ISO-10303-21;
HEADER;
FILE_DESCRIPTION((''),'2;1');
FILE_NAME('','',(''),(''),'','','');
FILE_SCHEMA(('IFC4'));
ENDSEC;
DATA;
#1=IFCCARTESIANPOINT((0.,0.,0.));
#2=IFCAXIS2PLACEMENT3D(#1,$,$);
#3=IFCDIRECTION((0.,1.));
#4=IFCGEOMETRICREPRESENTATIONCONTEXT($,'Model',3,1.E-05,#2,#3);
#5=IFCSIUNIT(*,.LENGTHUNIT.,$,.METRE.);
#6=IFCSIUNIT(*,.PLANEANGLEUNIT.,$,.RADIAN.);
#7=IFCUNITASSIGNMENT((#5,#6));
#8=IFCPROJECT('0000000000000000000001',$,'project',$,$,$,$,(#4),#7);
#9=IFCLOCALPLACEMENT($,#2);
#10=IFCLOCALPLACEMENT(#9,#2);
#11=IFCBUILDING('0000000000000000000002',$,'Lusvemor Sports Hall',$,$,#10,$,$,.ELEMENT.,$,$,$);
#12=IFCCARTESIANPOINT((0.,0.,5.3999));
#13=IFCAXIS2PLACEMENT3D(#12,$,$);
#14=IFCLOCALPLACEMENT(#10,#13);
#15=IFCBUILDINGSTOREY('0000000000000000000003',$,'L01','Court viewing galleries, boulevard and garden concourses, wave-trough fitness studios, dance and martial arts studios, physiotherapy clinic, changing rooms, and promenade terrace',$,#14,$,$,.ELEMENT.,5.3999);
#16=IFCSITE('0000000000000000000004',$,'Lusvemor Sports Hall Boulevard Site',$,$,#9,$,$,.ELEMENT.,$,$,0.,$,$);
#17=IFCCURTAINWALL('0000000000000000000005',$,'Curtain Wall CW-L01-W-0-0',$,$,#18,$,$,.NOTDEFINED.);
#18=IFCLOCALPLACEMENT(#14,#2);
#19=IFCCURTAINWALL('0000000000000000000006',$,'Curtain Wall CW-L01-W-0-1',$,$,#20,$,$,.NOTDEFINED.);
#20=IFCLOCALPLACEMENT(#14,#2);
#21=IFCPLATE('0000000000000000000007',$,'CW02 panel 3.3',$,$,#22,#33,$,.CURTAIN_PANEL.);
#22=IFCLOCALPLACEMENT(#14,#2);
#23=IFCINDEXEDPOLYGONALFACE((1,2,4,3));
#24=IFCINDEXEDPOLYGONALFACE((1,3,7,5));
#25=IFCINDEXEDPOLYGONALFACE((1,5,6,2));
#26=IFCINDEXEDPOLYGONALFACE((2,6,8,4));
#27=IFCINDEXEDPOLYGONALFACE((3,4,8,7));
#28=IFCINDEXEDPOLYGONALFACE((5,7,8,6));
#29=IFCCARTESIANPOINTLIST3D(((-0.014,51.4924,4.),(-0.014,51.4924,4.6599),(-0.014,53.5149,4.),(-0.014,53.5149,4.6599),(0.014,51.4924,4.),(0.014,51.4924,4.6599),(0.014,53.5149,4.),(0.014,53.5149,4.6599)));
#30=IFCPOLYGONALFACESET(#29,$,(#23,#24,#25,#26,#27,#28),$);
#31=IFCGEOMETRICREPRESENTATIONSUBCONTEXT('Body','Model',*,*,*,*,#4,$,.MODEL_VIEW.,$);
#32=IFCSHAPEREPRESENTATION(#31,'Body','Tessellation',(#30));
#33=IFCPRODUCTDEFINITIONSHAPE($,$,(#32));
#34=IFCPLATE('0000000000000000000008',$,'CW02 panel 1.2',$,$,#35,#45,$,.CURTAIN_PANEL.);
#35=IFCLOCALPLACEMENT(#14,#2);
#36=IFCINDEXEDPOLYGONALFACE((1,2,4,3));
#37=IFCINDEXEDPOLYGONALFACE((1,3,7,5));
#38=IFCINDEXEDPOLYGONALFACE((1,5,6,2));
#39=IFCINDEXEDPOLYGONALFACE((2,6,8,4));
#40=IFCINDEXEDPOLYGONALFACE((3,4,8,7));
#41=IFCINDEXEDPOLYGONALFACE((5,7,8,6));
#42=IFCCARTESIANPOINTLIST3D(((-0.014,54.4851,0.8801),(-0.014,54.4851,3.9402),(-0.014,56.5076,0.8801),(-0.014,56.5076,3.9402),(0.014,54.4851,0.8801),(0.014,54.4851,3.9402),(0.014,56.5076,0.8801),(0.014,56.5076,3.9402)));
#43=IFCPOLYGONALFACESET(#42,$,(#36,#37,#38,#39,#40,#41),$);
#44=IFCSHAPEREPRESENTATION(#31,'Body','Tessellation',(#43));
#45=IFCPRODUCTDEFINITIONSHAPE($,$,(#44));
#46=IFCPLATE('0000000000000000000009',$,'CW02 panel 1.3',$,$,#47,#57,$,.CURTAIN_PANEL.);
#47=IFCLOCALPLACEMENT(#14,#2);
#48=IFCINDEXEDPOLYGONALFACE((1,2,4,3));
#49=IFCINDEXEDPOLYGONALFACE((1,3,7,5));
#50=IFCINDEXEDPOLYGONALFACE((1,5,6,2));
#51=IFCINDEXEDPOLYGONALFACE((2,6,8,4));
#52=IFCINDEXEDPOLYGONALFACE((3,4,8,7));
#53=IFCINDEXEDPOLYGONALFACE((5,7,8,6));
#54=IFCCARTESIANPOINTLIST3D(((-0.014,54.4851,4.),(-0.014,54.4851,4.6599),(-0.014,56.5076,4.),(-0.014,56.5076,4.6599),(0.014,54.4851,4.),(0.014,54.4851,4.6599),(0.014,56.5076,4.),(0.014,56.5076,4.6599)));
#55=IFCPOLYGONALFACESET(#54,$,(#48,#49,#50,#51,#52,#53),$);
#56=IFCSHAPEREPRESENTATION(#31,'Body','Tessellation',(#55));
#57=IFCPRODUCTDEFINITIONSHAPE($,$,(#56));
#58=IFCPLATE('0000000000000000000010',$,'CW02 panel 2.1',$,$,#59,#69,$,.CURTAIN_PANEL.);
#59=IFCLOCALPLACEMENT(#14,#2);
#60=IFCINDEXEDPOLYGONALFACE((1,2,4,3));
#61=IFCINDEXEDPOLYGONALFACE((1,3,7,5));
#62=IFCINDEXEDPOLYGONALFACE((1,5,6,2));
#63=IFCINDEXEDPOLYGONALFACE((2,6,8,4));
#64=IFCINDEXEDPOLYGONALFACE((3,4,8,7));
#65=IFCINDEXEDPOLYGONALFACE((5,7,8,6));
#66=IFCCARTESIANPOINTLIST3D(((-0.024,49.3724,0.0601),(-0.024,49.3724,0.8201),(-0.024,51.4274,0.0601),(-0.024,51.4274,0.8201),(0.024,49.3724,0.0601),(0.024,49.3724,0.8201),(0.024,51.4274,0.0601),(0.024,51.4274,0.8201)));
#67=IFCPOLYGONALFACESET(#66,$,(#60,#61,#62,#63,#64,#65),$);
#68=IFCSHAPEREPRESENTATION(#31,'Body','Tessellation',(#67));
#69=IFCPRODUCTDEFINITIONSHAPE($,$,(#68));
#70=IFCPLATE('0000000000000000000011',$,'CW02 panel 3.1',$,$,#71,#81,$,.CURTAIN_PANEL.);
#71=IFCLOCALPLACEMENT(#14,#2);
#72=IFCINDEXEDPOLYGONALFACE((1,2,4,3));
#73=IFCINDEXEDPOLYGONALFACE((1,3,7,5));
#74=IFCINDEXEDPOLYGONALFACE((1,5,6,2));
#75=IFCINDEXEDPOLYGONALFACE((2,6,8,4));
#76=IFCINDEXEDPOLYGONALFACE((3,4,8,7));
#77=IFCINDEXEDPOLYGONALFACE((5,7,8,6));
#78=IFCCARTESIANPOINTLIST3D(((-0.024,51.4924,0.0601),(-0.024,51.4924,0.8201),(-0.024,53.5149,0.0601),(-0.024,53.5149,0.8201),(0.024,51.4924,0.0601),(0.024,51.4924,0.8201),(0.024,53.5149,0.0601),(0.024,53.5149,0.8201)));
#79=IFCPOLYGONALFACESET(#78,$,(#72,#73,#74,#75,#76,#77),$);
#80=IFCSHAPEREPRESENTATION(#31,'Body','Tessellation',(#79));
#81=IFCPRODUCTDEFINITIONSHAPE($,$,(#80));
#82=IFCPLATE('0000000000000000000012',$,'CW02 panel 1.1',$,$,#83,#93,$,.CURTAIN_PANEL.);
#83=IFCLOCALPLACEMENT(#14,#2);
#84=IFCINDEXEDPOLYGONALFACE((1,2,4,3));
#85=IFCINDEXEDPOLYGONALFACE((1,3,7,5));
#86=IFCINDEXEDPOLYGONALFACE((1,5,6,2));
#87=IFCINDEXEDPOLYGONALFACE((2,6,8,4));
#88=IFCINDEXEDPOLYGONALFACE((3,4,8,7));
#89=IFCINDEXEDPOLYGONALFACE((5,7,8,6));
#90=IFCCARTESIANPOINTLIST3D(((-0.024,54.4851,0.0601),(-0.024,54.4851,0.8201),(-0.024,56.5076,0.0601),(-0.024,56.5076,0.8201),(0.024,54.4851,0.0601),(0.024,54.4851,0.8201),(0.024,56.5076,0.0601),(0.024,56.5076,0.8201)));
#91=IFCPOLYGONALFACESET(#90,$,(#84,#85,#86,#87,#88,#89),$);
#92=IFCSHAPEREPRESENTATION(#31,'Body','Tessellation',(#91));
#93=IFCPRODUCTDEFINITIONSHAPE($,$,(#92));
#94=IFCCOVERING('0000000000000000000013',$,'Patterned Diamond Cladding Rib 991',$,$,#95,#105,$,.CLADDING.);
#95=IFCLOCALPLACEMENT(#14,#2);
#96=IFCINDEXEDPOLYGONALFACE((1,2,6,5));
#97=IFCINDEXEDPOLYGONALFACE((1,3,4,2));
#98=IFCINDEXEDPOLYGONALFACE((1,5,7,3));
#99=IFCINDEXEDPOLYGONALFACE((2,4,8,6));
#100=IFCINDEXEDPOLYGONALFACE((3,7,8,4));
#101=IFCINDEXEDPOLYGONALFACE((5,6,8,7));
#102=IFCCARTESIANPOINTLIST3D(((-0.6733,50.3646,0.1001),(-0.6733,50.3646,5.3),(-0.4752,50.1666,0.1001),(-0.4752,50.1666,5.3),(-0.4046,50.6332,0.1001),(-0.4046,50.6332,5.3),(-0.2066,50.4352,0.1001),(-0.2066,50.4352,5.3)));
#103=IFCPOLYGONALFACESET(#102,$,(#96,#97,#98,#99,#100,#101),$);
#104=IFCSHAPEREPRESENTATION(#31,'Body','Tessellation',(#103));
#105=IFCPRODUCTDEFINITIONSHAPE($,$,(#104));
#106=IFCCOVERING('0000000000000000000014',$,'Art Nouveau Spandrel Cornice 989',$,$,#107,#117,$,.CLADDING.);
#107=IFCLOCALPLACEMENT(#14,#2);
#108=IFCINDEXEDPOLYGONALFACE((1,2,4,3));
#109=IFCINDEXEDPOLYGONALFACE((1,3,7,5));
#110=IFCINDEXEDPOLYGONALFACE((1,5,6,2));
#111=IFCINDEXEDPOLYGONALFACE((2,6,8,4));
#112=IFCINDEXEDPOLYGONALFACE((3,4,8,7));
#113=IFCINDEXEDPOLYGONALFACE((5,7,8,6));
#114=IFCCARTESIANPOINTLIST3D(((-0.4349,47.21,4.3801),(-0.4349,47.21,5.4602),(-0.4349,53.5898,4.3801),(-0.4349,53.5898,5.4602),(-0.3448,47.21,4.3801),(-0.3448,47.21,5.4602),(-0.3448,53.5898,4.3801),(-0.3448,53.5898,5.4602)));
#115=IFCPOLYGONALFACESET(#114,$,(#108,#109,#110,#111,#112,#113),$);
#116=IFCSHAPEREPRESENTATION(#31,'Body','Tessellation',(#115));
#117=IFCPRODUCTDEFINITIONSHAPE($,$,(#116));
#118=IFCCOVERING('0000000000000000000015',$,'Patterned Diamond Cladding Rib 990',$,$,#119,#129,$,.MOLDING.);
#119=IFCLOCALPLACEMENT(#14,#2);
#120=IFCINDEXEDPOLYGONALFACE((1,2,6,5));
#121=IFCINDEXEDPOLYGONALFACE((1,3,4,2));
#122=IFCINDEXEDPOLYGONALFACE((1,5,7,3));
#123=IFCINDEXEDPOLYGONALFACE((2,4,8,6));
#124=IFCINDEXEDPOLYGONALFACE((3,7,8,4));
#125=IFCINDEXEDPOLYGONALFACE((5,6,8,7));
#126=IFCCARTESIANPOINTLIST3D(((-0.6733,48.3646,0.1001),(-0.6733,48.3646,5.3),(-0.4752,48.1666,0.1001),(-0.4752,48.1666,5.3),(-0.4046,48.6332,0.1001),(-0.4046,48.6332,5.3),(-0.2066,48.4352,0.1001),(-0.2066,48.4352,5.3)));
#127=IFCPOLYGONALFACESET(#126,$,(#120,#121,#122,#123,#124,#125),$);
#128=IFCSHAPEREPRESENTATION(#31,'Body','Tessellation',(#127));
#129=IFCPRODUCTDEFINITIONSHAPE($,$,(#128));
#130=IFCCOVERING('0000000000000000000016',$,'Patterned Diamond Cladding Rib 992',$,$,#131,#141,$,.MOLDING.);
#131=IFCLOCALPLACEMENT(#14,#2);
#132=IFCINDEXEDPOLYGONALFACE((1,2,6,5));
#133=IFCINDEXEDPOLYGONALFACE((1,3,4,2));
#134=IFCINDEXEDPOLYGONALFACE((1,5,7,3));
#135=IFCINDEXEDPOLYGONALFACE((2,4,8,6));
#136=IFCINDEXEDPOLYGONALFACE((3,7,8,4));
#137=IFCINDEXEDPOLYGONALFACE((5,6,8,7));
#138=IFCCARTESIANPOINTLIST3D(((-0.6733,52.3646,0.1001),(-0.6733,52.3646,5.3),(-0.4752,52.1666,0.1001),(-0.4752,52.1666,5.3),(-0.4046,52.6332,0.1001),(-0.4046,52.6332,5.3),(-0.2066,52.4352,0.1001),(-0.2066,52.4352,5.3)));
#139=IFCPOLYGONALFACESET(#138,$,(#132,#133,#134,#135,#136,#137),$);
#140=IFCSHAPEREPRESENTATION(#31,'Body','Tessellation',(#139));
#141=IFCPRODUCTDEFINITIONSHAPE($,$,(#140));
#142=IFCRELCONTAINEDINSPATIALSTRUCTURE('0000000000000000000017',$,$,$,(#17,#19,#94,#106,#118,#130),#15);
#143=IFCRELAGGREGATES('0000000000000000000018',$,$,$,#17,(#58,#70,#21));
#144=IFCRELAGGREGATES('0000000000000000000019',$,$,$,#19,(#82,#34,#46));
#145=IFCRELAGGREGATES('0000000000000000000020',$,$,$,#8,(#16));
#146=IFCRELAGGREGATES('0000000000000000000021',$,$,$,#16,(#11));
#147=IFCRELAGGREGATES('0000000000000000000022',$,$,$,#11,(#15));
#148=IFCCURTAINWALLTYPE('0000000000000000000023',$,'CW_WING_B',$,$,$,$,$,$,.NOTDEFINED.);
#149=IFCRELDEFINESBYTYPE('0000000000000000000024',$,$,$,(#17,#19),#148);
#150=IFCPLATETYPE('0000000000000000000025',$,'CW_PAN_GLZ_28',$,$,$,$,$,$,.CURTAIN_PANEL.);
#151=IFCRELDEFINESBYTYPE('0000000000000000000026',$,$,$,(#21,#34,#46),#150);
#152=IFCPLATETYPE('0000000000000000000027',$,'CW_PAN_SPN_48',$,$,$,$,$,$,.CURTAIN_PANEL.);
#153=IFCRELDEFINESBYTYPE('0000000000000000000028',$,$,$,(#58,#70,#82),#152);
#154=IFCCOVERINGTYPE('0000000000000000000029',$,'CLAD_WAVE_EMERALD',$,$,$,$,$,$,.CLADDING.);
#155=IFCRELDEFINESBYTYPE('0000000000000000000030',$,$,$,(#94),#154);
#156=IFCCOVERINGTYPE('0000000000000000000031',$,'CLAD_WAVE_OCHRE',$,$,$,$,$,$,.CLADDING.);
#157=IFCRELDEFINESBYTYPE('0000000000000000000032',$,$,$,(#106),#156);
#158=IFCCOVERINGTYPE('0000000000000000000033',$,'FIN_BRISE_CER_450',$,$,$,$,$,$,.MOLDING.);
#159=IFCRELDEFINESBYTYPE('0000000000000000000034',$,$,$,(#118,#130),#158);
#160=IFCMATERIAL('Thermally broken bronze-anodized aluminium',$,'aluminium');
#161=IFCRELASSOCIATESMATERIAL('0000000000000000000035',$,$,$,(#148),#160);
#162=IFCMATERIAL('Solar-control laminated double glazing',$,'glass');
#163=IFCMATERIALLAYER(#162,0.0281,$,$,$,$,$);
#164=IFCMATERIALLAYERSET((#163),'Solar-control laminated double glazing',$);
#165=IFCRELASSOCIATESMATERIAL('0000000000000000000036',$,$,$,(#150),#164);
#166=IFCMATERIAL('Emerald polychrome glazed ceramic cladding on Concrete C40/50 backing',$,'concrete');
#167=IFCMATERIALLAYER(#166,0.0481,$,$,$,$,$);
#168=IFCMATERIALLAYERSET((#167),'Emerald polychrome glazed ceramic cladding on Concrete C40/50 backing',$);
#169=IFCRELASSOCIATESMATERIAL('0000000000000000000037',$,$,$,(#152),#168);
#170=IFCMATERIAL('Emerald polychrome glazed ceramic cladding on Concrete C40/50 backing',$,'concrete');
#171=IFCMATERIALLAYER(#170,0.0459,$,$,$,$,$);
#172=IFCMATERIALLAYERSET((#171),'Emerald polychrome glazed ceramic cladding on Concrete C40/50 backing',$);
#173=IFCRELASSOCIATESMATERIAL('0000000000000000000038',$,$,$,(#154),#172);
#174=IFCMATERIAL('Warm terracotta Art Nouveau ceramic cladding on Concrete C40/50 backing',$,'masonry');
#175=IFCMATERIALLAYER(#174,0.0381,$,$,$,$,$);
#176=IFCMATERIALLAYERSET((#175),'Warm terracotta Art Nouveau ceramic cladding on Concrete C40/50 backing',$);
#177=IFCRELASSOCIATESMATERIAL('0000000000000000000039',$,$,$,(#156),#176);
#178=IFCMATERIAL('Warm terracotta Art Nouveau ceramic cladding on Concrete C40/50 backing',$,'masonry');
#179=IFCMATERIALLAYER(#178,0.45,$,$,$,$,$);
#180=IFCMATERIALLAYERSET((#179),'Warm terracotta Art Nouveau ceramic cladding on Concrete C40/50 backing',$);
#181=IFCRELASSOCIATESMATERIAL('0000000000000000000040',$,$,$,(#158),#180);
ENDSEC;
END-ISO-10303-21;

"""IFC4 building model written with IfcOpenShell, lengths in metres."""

from ifc_helpers import new_model, si_unit, direction, frame, origin, origin_2d, place, context, subcontext, project, spatial, rectangle, extrude, material, layer, layer_set, type_object, element, aggregate, save


model = new_model("IFC4")

# Units and contexts
model_context = context("Model", 3, precision=1e-05, world=origin(), true_north=direction((0.0, 1.0)))
body_context = subcontext(model_context, "Body", "Model", "MODEL_VIEW")
ifc_project = project(units=[si_unit("LENGTHUNIT", "METRE"), si_unit("PLANEANGLEUNIT", "RADIAN")], contexts=[model_context])

# Site, building, storey
site_placement = place(None, origin())
site = spatial("IfcSite", under=ifc_project, at=site_placement, Name="Lusvemor Sports Hall Boulevard Site", CompositionType="ELEMENT", RefElevation=0.0)
building_placement = place(site_placement, origin())
building = spatial("IfcBuilding", under=site, at=building_placement, Name="Lusvemor Sports Hall", CompositionType="ELEMENT")
storey_placement = place(building_placement, frame((0.0, 0.0, 5.3999)))
storey = spatial("IfcBuildingStorey", under=building, at=storey_placement, Name="L01", Description="Court viewing galleries, boulevard and garden concourses, wave-trough fitness studios, dance and martial arts studios, physiotherapy clinic, changing rooms, and promenade terrace", CompositionType="ELEMENT", Elevation=5.3999)

# Curtain wall
ifc_material_1 = material(Name="Thermally broken bronze-anodized aluminium", Category="aluminium")
curtain_wall_type = type_object("IfcCurtainWallType", Name="CW_WING_B", PredefinedType="NOTDEFINED", material=ifc_material_1)
curtain_wall_1_placement = place(storey_placement, origin())
curtain_wall_1 = element("IfcCurtainWall", 1, at=curtain_wall_1_placement, inside=storey, type_object=curtain_wall_type, Name="Curtain Wall CW-L01-W-0-0", PredefinedType="NOTDEFINED")

# Curtain wall
curtain_wall_2_placement = place(storey_placement, origin())
curtain_wall_2 = element("IfcCurtainWall", 2, at=curtain_wall_2_placement, inside=storey, type_object=curtain_wall_type, Name="Curtain Wall CW-L01-W-0-1", PredefinedType="NOTDEFINED")

# Plates
ifc_material_2 = material(Name="Solar-control laminated double glazing", Category="glass")
ifc_layer_1 = layer(ifc_material_2, 0.0281)
ifc_layer_set_1 = layer_set([ifc_layer_1], Name="Solar-control laminated double glazing")
plate_type_1 = type_object("IfcPlateType", Name="CW_PAN_GLZ_28", PredefinedType="CURTAIN_PANEL", material=ifc_layer_set_1)
plate_1_placement = place(storey_placement, frame((0.0, 52.5037, 4.0), z_axis=(0.0, 0.0, 1.0), x_axis=(0.0, 1.0, 0.0)))
plate_1 = element("IfcPlate", 3, at=plate_1_placement, type_object=plate_type_1, Name="CW02 panel 3.3", PredefinedType="CURTAIN_PANEL", context=body_context, shape_type="SweptSolid", body=[
    extrude(rectangle(XDim=2.0225, YDim=0.0281, at=origin_2d()), origin(), (0.0, 0.0, 1.0), 0.6599),
])
plate_2_placement = place(storey_placement, frame((0.0, 55.4963, 0.8801), z_axis=(0.0, 0.0, 1.0), x_axis=(0.0, 1.0, 0.0)))
plate_2 = element("IfcPlate", 4, at=plate_2_placement, type_object=plate_type_1, Name="CW02 panel 1.2", PredefinedType="CURTAIN_PANEL", context=body_context, shape_type="SweptSolid", body=[
    extrude(rectangle(XDim=2.0225, YDim=0.0281, at=origin_2d()), origin(), (0.0, 0.0, 1.0), 3.0601),
])
plate_3_placement = place(storey_placement, frame((0.0, 55.4963, 4.0), z_axis=(0.0, 0.0, 1.0), x_axis=(0.0, 1.0, 0.0)))
plate_3 = element("IfcPlate", 5, at=plate_3_placement, type_object=plate_type_1, Name="CW02 panel 1.3", PredefinedType="CURTAIN_PANEL", context=body_context, shape_type="SweptSolid", body=[
    extrude(rectangle(XDim=2.0225, YDim=0.0281, at=origin_2d()), origin(), (0.0, 0.0, 1.0), 0.6599),
])
ifc_material_3 = material(Name="Emerald polychrome glazed ceramic cladding on Concrete C40/50 backing", Category="concrete")
ifc_layer_2 = layer(ifc_material_3, 0.0481)
ifc_layer_set_2 = layer_set([ifc_layer_2], Name="Emerald polychrome glazed ceramic cladding on Concrete C40/50 backing")
plate_type_2 = type_object("IfcPlateType", Name="CW_PAN_SPN_48", PredefinedType="CURTAIN_PANEL", material=ifc_layer_set_2)
plate_4_placement = place(storey_placement, frame((0.0, 50.3999, 0.0601), z_axis=(0.0, 0.0, 1.0), x_axis=(0.0, 1.0, 0.0)))
plate_4 = element("IfcPlate", 6, at=plate_4_placement, type_object=plate_type_2, Name="CW02 panel 2.1", PredefinedType="CURTAIN_PANEL", context=body_context, shape_type="SweptSolid", body=[
    extrude(rectangle(XDim=2.0549, YDim=0.0481, at=origin_2d()), origin(), (0.0, 0.0, 1.0), 0.76),
])
plate_5_placement = place(storey_placement, frame((0.0, 52.5037, 0.0601), z_axis=(0.0, 0.0, 1.0), x_axis=(0.0, 1.0, 0.0)))
plate_5 = element("IfcPlate", 7, at=plate_5_placement, type_object=plate_type_2, Name="CW02 panel 3.1", PredefinedType="CURTAIN_PANEL", context=body_context, shape_type="SweptSolid", body=[
    extrude(rectangle(XDim=2.0225, YDim=0.0481, at=origin_2d()), origin(), (0.0, 0.0, 1.0), 0.76),
])
aggregate(curtain_wall_1, [plate_4, plate_5, plate_1])
plate_6_placement = place(storey_placement, frame((0.0, 55.4963, 0.0601), z_axis=(0.0, 0.0, 1.0), x_axis=(0.0, 1.0, 0.0)))
plate_6 = element("IfcPlate", 8, at=plate_6_placement, type_object=plate_type_2, Name="CW02 panel 1.1", PredefinedType="CURTAIN_PANEL", context=body_context, shape_type="SweptSolid", body=[
    extrude(rectangle(XDim=2.0225, YDim=0.0481, at=origin_2d()), origin(), (0.0, 0.0, 1.0), 0.76),
])
aggregate(curtain_wall_2, [plate_6, plate_2, plate_3])

# Coverings
ifc_material_4 = material(Name="Emerald polychrome glazed ceramic cladding on Concrete C40/50 backing", Category="concrete")
ifc_layer_3 = layer(ifc_material_4, 0.0459)
ifc_layer_set_3 = layer_set([ifc_layer_3], Name="Emerald polychrome glazed ceramic cladding on Concrete C40/50 backing")
covering_type_1 = type_object("IfcCoveringType", Name="CLAD_WAVE_EMERALD", PredefinedType="CLADDING", material=ifc_layer_set_3)
covering_1_placement = place(storey_placement, frame((-0.4399, 50.3999, 0.1001), z_axis=(0.0, 0.0, 1.0), x_axis=(0.707107, 0.707107, 0.0)))
element("IfcCovering", 9, at=covering_1_placement, inside=storey, type_object=covering_type_1, Name="Patterned Diamond Cladding Rib 991", PredefinedType="CLADDING", context=body_context, shape_type="SweptSolid", body=[
    extrude(rectangle(XDim=0.3799, YDim=0.28, at=origin_2d()), origin(), (0.0, 0.0, 1.0), 5.2),
])
ifc_material_5 = material(Name="Warm terracotta Art Nouveau ceramic cladding on Concrete C40/50 backing", Category="masonry")
ifc_layer_4 = layer(ifc_material_5, 0.0381)
ifc_layer_set_4 = layer_set([ifc_layer_4], Name="Warm terracotta Art Nouveau ceramic cladding on Concrete C40/50 backing")
covering_type_2 = type_object("IfcCoveringType", Name="CLAD_WAVE_OCHRE", PredefinedType="CLADDING", material=ifc_layer_set_4)
covering_2_placement = place(storey_placement, frame((-0.3899, 50.3999, 4.3801), z_axis=(0.0, 0.0, 1.0), x_axis=(1.0, 0.0, 0.0)))
element("IfcCovering", 10, at=covering_2_placement, inside=storey, type_object=covering_type_2, Name="Art Nouveau Spandrel Cornice 989", PredefinedType="CLADDING", context=body_context, shape_type="SweptSolid", body=[
    extrude(rectangle(XDim=0.0901, YDim=6.3799, at=origin_2d()), origin(), (0.0, 0.0, 1.0), 1.0801),
])
ifc_material_6 = material(Name="Warm terracotta Art Nouveau ceramic cladding on Concrete C40/50 backing", Category="masonry")
ifc_layer_5 = layer(ifc_material_6, 0.45)
ifc_layer_set_5 = layer_set([ifc_layer_5], Name="Warm terracotta Art Nouveau ceramic cladding on Concrete C40/50 backing")
covering_type_3 = type_object("IfcCoveringType", Name="FIN_BRISE_CER_450", PredefinedType="MOLDING", material=ifc_layer_set_5)
for number, where, z_axis, x_axis, name in (
    (11, (-0.4399, 48.3999, 0.1001), (0.0, 0.0, 1.0), (0.707107, 0.707107, 0.0), "Patterned Diamond Cladding Rib 990"),
    (12, (-0.4399, 52.3999, 0.1001), (0.0, 0.0, 1.0), (0.707107, 0.707107, 0.0), "Patterned Diamond Cladding Rib 992"),
):
    element("IfcCovering", number, at=place(storey_placement, frame(where, z_axis=z_axis, x_axis=x_axis)), inside=storey, type_object=covering_type_3, Name=name, PredefinedType="MOLDING", context=body_context, shape_type="SweptSolid", body=[
        extrude(rectangle(XDim=0.3799, YDim=0.28, at=origin_2d()), origin(), (0.0, 0.0, 1.0), 5.2),
    ])

save(model, "model.ifc")
